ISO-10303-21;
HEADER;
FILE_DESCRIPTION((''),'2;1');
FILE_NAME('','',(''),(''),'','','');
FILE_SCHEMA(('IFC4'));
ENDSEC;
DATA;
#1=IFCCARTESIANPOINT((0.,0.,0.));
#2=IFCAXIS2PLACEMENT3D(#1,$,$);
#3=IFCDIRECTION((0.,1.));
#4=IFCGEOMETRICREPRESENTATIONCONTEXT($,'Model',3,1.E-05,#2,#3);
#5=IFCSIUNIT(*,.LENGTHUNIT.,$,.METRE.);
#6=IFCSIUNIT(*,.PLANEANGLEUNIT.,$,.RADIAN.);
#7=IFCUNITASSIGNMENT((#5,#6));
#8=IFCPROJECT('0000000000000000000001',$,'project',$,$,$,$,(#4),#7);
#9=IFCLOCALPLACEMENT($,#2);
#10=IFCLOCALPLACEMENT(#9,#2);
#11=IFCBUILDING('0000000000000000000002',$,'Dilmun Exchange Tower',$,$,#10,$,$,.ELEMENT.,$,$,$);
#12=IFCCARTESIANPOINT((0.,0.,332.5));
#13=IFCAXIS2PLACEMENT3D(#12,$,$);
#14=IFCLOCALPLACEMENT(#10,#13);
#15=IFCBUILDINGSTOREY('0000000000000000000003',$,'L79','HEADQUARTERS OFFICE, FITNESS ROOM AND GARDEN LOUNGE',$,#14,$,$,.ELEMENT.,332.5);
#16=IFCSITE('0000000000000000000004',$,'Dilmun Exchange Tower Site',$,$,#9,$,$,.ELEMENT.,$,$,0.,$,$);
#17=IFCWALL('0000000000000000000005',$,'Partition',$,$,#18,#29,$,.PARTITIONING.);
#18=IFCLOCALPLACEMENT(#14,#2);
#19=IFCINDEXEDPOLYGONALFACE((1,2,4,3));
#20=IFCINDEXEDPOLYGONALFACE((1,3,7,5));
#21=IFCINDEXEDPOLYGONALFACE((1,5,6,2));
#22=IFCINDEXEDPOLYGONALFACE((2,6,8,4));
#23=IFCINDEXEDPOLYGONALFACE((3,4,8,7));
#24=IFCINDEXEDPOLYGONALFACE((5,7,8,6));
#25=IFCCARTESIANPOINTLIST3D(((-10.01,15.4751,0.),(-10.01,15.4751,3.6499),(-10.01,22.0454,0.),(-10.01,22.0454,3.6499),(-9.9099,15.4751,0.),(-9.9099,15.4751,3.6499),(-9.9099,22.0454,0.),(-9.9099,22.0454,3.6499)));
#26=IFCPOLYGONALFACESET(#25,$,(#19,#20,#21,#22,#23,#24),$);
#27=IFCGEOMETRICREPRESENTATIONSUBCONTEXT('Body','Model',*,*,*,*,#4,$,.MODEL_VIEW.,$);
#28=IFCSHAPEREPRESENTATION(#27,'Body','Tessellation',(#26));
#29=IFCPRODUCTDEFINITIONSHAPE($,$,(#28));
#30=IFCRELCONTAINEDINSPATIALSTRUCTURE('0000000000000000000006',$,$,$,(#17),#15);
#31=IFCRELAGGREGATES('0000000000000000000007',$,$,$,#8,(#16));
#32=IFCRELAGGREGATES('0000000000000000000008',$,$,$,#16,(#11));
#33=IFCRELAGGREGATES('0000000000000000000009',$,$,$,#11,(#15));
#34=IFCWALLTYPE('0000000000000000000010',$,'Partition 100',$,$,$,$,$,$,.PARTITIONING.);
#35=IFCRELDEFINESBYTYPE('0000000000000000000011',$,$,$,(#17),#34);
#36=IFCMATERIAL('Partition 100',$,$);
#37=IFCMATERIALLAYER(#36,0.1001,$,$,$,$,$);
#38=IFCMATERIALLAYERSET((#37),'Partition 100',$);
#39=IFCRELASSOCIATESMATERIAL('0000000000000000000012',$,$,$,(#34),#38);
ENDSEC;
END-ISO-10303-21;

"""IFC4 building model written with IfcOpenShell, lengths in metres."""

from ifc_helpers import new_model, si_unit, direction, frame, frame_2d, origin, place, context, subcontext, project, spatial, rectangle, extrude, material, layer, layer_set, type_object, element, save


model = new_model("IFC4")

# Units and contexts
model_context = context("Model", 3, precision=1e-05, world=origin(), true_north=direction((0.0, 1.0)))
body_context = subcontext(model_context, "Body", "Model", "MODEL_VIEW")
ifc_project = project(units=[si_unit("LENGTHUNIT", "METRE"), si_unit("PLANEANGLEUNIT", "RADIAN")], contexts=[model_context])

# Site, building, storey
site_placement = place(None, origin())
site = spatial("IfcSite", under=ifc_project, at=site_placement, Name="Dilmun Exchange Tower Site", CompositionType="ELEMENT", RefElevation=0.0)
building_placement = place(site_placement, origin())
building = spatial("IfcBuilding", under=site, at=building_placement, Name="Dilmun Exchange Tower", CompositionType="ELEMENT")
storey_placement = place(building_placement, frame((0.0, 0.0, 332.5)))
storey = spatial("IfcBuildingStorey", under=building, at=storey_placement, Name="L79", Description="HEADQUARTERS OFFICE, FITNESS ROOM AND GARDEN LOUNGE", CompositionType="ELEMENT", Elevation=332.5)

# Wall
ifc_material_1 = material(Name="Partition 100")
ifc_layer_1 = layer(ifc_material_1, 0.1001)
ifc_layer_set_1 = layer_set([ifc_layer_1], Name="Partition 100")
wall_type_1 = type_object("IfcWallType", Name="Partition 100", PredefinedType="PARTITIONING", material=ifc_layer_set_1)
wall_1_placement = place(storey_placement, frame((-9.96, 15.4751, 0.0), z_axis=(0.0, 0.0, 1.0), x_axis=(0.0, 1.0, 0.0)))
element("IfcWall", 1, at=wall_1_placement, inside=storey, type_object=wall_type_1, Name="Partition", PredefinedType="PARTITIONING", context=body_context, shape_type="SweptSolid", body=[
    extrude(rectangle(XDim=6.5703, YDim=0.1001, at=frame_2d((3.2852, 0.0))), origin(), (0.0, 0.0, 1.0), 3.6499),
])

save(model, "model.ifc")
